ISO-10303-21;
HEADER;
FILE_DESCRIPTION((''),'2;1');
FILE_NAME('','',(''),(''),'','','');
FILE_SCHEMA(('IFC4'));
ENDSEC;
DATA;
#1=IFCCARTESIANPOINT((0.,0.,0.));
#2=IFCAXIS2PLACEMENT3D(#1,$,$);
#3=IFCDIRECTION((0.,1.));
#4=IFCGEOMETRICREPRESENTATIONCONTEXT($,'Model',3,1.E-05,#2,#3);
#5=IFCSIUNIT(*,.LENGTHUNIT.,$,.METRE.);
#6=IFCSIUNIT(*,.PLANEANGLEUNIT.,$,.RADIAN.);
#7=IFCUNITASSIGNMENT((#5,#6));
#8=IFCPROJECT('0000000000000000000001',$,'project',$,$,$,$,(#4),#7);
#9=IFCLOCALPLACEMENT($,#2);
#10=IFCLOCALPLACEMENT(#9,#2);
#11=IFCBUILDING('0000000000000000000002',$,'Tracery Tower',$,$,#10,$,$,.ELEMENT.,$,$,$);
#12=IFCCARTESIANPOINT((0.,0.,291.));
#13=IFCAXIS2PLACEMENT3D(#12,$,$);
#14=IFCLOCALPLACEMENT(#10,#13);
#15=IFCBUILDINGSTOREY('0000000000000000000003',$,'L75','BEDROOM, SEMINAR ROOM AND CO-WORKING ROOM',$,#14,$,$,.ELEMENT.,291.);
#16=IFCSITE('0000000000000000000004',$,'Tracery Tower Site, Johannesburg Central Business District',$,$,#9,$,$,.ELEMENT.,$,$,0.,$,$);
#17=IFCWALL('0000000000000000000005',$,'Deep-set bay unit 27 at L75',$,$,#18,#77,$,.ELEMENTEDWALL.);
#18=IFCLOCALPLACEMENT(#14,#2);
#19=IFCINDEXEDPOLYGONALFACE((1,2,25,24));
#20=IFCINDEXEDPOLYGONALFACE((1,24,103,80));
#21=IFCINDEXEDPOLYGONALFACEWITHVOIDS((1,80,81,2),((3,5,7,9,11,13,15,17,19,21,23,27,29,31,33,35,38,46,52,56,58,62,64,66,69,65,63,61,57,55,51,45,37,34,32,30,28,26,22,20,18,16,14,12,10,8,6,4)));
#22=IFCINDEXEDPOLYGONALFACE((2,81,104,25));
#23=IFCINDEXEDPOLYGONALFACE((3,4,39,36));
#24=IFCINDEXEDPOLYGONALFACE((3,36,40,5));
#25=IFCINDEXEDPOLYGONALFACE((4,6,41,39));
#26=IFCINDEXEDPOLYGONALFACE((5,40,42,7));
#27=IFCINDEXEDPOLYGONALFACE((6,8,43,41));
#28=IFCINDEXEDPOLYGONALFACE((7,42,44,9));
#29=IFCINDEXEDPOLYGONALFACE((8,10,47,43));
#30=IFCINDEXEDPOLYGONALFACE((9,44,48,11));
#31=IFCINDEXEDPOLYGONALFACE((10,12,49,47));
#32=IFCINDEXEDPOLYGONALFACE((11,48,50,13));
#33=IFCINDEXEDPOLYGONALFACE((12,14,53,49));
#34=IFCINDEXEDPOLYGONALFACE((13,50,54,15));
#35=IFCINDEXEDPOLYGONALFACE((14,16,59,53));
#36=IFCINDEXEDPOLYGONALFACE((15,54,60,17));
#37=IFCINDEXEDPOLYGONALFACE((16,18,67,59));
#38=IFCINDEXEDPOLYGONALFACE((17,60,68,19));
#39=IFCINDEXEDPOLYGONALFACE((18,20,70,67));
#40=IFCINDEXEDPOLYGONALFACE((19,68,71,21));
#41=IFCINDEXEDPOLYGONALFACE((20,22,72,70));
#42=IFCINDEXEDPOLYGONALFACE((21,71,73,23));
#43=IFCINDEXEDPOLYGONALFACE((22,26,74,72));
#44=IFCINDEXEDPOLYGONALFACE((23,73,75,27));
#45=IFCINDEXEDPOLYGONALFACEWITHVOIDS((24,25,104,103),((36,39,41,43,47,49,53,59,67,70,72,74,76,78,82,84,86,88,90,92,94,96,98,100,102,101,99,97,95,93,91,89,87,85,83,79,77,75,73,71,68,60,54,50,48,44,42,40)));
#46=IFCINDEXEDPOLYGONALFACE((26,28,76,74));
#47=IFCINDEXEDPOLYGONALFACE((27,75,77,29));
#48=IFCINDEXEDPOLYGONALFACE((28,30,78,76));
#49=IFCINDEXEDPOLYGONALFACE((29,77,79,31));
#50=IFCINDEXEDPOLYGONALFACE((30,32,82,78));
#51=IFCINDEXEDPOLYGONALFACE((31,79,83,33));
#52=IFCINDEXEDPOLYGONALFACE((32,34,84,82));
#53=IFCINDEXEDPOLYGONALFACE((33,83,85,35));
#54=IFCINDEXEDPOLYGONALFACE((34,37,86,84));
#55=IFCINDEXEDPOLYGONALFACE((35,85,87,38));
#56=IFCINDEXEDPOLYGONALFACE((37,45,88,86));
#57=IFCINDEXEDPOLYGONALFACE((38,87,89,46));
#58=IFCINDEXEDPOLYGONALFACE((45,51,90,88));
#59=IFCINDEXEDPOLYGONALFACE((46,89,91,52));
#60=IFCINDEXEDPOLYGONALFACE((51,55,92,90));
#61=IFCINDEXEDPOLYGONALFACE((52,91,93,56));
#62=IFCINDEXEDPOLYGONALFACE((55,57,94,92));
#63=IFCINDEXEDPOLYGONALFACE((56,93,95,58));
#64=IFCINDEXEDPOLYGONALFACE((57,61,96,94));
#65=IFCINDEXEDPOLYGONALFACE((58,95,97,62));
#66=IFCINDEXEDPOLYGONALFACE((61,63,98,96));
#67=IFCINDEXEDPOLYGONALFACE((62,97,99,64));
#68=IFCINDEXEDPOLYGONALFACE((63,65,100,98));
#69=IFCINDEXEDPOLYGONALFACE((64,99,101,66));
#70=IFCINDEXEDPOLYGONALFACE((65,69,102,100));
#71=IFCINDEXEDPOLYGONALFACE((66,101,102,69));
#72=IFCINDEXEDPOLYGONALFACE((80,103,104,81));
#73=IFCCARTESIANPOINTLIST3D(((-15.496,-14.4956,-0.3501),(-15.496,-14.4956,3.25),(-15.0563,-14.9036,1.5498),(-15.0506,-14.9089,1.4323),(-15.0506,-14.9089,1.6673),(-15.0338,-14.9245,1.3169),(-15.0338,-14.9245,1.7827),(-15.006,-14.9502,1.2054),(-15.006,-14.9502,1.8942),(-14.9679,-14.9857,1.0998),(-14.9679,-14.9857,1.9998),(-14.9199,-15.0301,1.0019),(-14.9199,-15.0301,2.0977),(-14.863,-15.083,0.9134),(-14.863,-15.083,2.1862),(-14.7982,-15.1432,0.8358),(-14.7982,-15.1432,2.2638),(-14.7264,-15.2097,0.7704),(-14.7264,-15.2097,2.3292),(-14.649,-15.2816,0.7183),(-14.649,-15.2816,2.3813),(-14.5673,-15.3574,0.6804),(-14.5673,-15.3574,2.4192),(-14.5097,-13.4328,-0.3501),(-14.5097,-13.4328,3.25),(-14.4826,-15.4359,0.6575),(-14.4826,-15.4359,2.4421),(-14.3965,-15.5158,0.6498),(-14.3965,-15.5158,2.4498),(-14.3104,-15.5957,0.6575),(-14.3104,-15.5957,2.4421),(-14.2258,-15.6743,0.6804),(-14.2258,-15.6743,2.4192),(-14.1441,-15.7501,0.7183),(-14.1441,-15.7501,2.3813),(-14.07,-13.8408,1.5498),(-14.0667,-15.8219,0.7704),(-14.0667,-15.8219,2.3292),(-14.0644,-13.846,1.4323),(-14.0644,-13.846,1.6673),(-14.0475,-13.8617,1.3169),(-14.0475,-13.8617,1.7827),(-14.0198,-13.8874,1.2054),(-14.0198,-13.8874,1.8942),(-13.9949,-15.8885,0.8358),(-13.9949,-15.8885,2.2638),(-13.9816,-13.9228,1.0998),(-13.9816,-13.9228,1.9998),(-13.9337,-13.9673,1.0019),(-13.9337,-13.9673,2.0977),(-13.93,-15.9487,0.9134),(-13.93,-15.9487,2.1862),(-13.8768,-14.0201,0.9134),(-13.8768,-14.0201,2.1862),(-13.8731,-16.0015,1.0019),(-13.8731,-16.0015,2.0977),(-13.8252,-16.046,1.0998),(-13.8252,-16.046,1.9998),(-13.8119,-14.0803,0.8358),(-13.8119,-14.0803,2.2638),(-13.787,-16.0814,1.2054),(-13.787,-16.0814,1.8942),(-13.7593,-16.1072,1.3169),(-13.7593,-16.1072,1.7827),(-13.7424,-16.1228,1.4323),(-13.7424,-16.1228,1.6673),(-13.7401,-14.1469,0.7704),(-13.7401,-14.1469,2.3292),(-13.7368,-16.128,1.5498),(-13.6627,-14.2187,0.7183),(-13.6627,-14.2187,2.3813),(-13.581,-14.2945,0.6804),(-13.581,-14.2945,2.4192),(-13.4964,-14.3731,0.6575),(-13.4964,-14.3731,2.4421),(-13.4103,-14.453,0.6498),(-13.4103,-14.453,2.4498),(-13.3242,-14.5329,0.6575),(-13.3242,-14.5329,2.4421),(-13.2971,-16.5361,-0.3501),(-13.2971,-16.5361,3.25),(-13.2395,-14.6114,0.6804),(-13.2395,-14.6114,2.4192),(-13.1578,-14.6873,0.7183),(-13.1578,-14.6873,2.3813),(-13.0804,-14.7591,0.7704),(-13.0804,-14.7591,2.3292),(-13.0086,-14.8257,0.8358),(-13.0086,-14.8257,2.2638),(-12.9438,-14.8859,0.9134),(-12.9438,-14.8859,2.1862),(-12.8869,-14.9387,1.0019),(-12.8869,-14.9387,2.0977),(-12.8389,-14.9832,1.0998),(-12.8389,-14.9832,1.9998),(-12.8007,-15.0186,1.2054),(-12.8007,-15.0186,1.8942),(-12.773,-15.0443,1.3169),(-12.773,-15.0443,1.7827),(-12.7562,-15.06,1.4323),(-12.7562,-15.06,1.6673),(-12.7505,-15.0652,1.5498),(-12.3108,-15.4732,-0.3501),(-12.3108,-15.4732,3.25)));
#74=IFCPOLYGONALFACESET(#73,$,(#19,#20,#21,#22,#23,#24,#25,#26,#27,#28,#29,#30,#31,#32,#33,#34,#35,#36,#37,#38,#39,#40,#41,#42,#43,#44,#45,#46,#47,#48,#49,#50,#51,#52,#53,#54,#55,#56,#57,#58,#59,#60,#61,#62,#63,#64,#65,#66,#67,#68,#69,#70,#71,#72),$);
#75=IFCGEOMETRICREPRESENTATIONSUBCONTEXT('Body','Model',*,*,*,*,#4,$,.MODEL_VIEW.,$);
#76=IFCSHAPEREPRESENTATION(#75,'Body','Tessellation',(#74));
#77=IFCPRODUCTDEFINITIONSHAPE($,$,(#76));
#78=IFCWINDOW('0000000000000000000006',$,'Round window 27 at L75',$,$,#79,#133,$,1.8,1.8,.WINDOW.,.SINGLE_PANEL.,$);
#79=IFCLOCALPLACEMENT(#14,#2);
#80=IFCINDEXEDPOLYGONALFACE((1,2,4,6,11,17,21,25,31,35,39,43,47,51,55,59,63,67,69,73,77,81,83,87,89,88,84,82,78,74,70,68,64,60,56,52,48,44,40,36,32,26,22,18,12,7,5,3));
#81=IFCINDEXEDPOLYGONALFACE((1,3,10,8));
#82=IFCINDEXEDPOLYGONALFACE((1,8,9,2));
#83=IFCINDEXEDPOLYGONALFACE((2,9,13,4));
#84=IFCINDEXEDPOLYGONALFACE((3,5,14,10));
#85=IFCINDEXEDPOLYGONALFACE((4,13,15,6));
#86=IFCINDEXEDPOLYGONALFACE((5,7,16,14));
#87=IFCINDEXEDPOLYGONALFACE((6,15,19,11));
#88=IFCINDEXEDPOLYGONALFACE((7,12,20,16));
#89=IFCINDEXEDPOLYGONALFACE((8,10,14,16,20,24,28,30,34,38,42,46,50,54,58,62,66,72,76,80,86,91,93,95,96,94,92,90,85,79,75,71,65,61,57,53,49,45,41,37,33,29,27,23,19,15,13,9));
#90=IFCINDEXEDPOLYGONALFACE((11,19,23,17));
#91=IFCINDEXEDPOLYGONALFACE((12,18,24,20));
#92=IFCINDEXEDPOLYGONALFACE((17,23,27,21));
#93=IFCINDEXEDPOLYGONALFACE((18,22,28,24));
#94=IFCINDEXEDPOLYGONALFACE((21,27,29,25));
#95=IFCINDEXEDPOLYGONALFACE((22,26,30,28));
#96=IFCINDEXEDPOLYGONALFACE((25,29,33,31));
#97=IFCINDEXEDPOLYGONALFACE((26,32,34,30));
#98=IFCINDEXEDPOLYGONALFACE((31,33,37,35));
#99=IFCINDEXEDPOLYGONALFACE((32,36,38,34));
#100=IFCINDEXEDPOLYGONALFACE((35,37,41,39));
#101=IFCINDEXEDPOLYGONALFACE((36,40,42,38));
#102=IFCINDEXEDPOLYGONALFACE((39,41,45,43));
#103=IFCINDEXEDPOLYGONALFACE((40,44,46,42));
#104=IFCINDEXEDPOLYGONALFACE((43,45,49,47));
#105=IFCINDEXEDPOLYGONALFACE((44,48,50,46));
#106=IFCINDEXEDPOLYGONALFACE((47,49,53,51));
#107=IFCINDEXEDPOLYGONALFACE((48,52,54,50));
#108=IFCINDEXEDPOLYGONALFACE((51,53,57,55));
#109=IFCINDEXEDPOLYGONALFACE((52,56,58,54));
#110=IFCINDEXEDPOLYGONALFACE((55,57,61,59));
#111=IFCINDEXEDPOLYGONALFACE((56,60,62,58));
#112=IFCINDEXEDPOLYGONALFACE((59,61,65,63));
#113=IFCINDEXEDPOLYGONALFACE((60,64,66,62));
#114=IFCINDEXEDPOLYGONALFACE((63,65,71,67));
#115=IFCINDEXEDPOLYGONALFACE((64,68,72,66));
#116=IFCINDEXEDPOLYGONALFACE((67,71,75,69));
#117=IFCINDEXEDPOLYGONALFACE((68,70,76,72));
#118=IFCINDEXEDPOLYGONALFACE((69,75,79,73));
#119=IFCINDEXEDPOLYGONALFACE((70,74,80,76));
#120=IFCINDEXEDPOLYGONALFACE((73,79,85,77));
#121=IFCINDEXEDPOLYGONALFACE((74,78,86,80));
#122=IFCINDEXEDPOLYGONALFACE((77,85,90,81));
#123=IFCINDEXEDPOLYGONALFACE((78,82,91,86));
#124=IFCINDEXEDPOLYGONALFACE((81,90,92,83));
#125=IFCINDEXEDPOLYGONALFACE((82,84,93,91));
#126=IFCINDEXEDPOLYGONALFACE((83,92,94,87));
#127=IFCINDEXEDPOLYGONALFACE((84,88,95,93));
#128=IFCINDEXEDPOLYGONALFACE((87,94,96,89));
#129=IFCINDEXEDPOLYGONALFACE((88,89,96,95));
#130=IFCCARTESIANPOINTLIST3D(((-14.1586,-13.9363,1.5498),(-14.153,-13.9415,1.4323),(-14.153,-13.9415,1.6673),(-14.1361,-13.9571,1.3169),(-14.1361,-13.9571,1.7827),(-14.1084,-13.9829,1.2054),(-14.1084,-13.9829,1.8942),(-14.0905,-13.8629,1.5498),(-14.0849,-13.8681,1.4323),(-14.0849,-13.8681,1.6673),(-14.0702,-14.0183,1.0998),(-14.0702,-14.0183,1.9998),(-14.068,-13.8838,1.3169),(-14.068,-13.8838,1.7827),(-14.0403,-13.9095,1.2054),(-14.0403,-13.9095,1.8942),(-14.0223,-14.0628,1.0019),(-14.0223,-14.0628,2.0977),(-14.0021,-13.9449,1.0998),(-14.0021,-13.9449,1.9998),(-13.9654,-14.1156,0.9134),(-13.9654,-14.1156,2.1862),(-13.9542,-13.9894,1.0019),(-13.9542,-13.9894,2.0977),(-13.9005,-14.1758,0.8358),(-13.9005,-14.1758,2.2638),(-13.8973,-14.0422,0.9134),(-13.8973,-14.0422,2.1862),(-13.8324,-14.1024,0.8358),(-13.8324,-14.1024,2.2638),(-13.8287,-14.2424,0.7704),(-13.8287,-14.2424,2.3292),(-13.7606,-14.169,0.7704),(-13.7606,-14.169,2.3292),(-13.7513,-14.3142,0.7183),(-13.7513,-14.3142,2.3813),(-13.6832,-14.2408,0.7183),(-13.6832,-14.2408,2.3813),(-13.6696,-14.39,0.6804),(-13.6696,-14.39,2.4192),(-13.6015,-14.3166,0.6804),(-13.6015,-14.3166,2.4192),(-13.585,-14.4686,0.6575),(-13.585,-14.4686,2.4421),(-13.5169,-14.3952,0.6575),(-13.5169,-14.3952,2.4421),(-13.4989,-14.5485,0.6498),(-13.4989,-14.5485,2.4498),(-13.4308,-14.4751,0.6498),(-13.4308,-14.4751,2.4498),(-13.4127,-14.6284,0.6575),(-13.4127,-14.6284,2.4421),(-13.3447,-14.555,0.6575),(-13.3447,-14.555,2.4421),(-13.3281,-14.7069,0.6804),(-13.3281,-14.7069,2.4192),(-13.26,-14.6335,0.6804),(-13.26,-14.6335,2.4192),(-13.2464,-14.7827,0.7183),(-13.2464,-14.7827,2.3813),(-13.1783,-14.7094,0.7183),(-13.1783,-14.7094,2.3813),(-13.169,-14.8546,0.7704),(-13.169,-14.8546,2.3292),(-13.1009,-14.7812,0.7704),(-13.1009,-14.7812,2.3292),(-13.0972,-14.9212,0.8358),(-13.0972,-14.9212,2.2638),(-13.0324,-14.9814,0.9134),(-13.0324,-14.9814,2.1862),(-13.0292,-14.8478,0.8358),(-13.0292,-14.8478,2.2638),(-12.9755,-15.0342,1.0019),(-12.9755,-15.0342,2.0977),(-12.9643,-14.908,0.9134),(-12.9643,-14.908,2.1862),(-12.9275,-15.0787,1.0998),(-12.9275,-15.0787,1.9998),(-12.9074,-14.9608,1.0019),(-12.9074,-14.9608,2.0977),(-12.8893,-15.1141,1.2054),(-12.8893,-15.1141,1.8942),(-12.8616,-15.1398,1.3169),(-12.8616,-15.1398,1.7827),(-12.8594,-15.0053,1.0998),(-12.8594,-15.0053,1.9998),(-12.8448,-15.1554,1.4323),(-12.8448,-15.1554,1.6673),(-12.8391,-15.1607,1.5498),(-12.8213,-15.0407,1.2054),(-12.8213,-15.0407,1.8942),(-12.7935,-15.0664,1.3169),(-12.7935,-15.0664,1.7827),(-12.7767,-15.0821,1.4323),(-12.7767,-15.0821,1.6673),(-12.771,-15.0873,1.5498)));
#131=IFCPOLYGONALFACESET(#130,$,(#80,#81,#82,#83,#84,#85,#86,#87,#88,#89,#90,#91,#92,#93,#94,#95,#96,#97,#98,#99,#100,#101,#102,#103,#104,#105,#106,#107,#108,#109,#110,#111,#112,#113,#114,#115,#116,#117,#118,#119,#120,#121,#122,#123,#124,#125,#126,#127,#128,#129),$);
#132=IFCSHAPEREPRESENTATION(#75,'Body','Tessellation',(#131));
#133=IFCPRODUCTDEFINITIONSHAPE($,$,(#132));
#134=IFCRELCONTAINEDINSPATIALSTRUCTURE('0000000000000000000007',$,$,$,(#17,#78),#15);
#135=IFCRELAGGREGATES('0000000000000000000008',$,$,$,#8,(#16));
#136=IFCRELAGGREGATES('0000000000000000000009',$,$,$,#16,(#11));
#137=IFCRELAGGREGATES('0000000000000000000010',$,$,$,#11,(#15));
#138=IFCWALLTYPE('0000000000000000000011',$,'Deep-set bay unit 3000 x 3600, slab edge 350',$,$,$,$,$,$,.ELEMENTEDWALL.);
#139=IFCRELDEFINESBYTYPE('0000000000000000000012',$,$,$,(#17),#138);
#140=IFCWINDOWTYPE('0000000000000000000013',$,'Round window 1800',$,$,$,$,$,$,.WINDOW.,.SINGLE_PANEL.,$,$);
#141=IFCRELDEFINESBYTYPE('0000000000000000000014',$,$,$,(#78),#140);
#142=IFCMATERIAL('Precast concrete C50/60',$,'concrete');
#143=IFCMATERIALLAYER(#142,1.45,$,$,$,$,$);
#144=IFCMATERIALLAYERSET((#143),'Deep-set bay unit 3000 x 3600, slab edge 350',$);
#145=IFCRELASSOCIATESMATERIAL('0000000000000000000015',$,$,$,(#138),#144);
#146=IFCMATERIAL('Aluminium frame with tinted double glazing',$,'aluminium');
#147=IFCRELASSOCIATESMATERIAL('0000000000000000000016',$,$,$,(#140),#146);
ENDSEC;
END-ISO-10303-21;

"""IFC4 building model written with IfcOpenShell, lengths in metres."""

from ifc_helpers import new_model, si_unit, direction, frame, frame_2d, origin, origin_2d, place, context, subcontext, project, spatial, rectangle, circle, extrude, material, layer, layer_set, type_object, element, fill, save


model = new_model("IFC4")

# Units and contexts
model_context = context("Model", 3, precision=1e-05, world=origin(), true_north=direction((0.0, 1.0)))
body_context = subcontext(model_context, "Body", "Model", "MODEL_VIEW")
ifc_project = project(units=[si_unit("LENGTHUNIT", "METRE"), si_unit("PLANEANGLEUNIT", "RADIAN")], contexts=[model_context])

# Site, building, storey
site_placement = place(None, origin())
site = spatial("IfcSite", under=ifc_project, at=site_placement, Name="Tracery Tower Site, Johannesburg Central Business District", CompositionType="ELEMENT", RefElevation=0.0)
building_placement = place(site_placement, origin())
building = spatial("IfcBuilding", under=site, at=building_placement, Name="Tracery Tower", CompositionType="ELEMENT")
storey_placement = place(building_placement, frame((0.0, 0.0, 291.0)))
storey = spatial("IfcBuildingStorey", under=building, at=storey_placement, Name="L75", Description="BEDROOM, SEMINAR ROOM AND CO-WORKING ROOM", CompositionType="ELEMENT", Elevation=291.0)

# Wall, opening, window
ifc_material_1 = material(Name="Precast concrete C50/60", Category="concrete")
ifc_layer_1 = layer(ifc_material_1, 1.45)
ifc_layer_set_1 = layer_set([ifc_layer_1], Name="Deep-set bay unit 3000 x 3600, slab edge 350")
wall_type_1 = type_object("IfcWallType", Name="Deep-set bay unit 3000 x 3600, slab edge 350", PredefinedType="ELEMENTEDWALL", material=ifc_layer_set_1)
wall_1_placement = place(storey_placement, frame((-15.0029, -13.9641, -0.3501), z_axis=(0.0, 0.0, 1.0), x_axis=(0.733022, -0.680204, 0.0)))
wall_1 = element("IfcWall", 1, at=wall_1_placement, inside=storey, type_object=wall_type_1, Name="Deep-set bay unit 27 at L75", PredefinedType="ELEMENTEDWALL", context=body_context, shape_type="SweptSolid", body=[
    extrude(rectangle(XDim=2.9998, YDim=1.45, at=frame_2d((1.5, 0.0))), origin(), (0.0, 0.0, 1.0), 3.6001),
])
opening_1_placement = place(wall_1_placement, frame((1.5, 0.0, 1.8999)))
opening_1 = element("IfcOpeningElement", 2, at=opening_1_placement, cuts=wall_1, PredefinedType="OPENING", context=body_context, shape_type="SweptSolid", body=[
    extrude(circle(Radius=0.9, at=origin_2d()), frame((0.0, 0.7349, 0.0), z_axis=(0.0, -1.0, 0.0), x_axis=(1.0, 0.0, 0.0)), (0.0, 0.0, 1.0), 1.47),
])
ifc_material_2 = material(Name="Aluminium frame with tinted double glazing", Category="aluminium")
window_type = type_object("IfcWindowType", Name="Round window 1800", PartitioningType="SINGLE_PANEL", PredefinedType="WINDOW", material=ifc_material_2)
window_1_placement = place(opening_1_placement, origin())
window_1 = element("IfcWindow", 3, at=window_1_placement, inside=storey, type_object=window_type, Name="Round window 27 at L75", OverallHeight=1.8, OverallWidth=1.8, PartitioningType="SINGLE_PANEL", PredefinedType="WINDOW", context=body_context, shape_type="SweptSolid", body=[
    extrude(circle(Radius=0.9, at=origin_2d()), frame((0.0, 0.6948, 0.0), z_axis=(0.0, -1.0, 0.0), x_axis=(1.0, 0.0, 0.0)), (0.0, 0.0, 1.0), 0.1001),
])
fill(opening_1, window_1)

save(model, "model.ifc")
